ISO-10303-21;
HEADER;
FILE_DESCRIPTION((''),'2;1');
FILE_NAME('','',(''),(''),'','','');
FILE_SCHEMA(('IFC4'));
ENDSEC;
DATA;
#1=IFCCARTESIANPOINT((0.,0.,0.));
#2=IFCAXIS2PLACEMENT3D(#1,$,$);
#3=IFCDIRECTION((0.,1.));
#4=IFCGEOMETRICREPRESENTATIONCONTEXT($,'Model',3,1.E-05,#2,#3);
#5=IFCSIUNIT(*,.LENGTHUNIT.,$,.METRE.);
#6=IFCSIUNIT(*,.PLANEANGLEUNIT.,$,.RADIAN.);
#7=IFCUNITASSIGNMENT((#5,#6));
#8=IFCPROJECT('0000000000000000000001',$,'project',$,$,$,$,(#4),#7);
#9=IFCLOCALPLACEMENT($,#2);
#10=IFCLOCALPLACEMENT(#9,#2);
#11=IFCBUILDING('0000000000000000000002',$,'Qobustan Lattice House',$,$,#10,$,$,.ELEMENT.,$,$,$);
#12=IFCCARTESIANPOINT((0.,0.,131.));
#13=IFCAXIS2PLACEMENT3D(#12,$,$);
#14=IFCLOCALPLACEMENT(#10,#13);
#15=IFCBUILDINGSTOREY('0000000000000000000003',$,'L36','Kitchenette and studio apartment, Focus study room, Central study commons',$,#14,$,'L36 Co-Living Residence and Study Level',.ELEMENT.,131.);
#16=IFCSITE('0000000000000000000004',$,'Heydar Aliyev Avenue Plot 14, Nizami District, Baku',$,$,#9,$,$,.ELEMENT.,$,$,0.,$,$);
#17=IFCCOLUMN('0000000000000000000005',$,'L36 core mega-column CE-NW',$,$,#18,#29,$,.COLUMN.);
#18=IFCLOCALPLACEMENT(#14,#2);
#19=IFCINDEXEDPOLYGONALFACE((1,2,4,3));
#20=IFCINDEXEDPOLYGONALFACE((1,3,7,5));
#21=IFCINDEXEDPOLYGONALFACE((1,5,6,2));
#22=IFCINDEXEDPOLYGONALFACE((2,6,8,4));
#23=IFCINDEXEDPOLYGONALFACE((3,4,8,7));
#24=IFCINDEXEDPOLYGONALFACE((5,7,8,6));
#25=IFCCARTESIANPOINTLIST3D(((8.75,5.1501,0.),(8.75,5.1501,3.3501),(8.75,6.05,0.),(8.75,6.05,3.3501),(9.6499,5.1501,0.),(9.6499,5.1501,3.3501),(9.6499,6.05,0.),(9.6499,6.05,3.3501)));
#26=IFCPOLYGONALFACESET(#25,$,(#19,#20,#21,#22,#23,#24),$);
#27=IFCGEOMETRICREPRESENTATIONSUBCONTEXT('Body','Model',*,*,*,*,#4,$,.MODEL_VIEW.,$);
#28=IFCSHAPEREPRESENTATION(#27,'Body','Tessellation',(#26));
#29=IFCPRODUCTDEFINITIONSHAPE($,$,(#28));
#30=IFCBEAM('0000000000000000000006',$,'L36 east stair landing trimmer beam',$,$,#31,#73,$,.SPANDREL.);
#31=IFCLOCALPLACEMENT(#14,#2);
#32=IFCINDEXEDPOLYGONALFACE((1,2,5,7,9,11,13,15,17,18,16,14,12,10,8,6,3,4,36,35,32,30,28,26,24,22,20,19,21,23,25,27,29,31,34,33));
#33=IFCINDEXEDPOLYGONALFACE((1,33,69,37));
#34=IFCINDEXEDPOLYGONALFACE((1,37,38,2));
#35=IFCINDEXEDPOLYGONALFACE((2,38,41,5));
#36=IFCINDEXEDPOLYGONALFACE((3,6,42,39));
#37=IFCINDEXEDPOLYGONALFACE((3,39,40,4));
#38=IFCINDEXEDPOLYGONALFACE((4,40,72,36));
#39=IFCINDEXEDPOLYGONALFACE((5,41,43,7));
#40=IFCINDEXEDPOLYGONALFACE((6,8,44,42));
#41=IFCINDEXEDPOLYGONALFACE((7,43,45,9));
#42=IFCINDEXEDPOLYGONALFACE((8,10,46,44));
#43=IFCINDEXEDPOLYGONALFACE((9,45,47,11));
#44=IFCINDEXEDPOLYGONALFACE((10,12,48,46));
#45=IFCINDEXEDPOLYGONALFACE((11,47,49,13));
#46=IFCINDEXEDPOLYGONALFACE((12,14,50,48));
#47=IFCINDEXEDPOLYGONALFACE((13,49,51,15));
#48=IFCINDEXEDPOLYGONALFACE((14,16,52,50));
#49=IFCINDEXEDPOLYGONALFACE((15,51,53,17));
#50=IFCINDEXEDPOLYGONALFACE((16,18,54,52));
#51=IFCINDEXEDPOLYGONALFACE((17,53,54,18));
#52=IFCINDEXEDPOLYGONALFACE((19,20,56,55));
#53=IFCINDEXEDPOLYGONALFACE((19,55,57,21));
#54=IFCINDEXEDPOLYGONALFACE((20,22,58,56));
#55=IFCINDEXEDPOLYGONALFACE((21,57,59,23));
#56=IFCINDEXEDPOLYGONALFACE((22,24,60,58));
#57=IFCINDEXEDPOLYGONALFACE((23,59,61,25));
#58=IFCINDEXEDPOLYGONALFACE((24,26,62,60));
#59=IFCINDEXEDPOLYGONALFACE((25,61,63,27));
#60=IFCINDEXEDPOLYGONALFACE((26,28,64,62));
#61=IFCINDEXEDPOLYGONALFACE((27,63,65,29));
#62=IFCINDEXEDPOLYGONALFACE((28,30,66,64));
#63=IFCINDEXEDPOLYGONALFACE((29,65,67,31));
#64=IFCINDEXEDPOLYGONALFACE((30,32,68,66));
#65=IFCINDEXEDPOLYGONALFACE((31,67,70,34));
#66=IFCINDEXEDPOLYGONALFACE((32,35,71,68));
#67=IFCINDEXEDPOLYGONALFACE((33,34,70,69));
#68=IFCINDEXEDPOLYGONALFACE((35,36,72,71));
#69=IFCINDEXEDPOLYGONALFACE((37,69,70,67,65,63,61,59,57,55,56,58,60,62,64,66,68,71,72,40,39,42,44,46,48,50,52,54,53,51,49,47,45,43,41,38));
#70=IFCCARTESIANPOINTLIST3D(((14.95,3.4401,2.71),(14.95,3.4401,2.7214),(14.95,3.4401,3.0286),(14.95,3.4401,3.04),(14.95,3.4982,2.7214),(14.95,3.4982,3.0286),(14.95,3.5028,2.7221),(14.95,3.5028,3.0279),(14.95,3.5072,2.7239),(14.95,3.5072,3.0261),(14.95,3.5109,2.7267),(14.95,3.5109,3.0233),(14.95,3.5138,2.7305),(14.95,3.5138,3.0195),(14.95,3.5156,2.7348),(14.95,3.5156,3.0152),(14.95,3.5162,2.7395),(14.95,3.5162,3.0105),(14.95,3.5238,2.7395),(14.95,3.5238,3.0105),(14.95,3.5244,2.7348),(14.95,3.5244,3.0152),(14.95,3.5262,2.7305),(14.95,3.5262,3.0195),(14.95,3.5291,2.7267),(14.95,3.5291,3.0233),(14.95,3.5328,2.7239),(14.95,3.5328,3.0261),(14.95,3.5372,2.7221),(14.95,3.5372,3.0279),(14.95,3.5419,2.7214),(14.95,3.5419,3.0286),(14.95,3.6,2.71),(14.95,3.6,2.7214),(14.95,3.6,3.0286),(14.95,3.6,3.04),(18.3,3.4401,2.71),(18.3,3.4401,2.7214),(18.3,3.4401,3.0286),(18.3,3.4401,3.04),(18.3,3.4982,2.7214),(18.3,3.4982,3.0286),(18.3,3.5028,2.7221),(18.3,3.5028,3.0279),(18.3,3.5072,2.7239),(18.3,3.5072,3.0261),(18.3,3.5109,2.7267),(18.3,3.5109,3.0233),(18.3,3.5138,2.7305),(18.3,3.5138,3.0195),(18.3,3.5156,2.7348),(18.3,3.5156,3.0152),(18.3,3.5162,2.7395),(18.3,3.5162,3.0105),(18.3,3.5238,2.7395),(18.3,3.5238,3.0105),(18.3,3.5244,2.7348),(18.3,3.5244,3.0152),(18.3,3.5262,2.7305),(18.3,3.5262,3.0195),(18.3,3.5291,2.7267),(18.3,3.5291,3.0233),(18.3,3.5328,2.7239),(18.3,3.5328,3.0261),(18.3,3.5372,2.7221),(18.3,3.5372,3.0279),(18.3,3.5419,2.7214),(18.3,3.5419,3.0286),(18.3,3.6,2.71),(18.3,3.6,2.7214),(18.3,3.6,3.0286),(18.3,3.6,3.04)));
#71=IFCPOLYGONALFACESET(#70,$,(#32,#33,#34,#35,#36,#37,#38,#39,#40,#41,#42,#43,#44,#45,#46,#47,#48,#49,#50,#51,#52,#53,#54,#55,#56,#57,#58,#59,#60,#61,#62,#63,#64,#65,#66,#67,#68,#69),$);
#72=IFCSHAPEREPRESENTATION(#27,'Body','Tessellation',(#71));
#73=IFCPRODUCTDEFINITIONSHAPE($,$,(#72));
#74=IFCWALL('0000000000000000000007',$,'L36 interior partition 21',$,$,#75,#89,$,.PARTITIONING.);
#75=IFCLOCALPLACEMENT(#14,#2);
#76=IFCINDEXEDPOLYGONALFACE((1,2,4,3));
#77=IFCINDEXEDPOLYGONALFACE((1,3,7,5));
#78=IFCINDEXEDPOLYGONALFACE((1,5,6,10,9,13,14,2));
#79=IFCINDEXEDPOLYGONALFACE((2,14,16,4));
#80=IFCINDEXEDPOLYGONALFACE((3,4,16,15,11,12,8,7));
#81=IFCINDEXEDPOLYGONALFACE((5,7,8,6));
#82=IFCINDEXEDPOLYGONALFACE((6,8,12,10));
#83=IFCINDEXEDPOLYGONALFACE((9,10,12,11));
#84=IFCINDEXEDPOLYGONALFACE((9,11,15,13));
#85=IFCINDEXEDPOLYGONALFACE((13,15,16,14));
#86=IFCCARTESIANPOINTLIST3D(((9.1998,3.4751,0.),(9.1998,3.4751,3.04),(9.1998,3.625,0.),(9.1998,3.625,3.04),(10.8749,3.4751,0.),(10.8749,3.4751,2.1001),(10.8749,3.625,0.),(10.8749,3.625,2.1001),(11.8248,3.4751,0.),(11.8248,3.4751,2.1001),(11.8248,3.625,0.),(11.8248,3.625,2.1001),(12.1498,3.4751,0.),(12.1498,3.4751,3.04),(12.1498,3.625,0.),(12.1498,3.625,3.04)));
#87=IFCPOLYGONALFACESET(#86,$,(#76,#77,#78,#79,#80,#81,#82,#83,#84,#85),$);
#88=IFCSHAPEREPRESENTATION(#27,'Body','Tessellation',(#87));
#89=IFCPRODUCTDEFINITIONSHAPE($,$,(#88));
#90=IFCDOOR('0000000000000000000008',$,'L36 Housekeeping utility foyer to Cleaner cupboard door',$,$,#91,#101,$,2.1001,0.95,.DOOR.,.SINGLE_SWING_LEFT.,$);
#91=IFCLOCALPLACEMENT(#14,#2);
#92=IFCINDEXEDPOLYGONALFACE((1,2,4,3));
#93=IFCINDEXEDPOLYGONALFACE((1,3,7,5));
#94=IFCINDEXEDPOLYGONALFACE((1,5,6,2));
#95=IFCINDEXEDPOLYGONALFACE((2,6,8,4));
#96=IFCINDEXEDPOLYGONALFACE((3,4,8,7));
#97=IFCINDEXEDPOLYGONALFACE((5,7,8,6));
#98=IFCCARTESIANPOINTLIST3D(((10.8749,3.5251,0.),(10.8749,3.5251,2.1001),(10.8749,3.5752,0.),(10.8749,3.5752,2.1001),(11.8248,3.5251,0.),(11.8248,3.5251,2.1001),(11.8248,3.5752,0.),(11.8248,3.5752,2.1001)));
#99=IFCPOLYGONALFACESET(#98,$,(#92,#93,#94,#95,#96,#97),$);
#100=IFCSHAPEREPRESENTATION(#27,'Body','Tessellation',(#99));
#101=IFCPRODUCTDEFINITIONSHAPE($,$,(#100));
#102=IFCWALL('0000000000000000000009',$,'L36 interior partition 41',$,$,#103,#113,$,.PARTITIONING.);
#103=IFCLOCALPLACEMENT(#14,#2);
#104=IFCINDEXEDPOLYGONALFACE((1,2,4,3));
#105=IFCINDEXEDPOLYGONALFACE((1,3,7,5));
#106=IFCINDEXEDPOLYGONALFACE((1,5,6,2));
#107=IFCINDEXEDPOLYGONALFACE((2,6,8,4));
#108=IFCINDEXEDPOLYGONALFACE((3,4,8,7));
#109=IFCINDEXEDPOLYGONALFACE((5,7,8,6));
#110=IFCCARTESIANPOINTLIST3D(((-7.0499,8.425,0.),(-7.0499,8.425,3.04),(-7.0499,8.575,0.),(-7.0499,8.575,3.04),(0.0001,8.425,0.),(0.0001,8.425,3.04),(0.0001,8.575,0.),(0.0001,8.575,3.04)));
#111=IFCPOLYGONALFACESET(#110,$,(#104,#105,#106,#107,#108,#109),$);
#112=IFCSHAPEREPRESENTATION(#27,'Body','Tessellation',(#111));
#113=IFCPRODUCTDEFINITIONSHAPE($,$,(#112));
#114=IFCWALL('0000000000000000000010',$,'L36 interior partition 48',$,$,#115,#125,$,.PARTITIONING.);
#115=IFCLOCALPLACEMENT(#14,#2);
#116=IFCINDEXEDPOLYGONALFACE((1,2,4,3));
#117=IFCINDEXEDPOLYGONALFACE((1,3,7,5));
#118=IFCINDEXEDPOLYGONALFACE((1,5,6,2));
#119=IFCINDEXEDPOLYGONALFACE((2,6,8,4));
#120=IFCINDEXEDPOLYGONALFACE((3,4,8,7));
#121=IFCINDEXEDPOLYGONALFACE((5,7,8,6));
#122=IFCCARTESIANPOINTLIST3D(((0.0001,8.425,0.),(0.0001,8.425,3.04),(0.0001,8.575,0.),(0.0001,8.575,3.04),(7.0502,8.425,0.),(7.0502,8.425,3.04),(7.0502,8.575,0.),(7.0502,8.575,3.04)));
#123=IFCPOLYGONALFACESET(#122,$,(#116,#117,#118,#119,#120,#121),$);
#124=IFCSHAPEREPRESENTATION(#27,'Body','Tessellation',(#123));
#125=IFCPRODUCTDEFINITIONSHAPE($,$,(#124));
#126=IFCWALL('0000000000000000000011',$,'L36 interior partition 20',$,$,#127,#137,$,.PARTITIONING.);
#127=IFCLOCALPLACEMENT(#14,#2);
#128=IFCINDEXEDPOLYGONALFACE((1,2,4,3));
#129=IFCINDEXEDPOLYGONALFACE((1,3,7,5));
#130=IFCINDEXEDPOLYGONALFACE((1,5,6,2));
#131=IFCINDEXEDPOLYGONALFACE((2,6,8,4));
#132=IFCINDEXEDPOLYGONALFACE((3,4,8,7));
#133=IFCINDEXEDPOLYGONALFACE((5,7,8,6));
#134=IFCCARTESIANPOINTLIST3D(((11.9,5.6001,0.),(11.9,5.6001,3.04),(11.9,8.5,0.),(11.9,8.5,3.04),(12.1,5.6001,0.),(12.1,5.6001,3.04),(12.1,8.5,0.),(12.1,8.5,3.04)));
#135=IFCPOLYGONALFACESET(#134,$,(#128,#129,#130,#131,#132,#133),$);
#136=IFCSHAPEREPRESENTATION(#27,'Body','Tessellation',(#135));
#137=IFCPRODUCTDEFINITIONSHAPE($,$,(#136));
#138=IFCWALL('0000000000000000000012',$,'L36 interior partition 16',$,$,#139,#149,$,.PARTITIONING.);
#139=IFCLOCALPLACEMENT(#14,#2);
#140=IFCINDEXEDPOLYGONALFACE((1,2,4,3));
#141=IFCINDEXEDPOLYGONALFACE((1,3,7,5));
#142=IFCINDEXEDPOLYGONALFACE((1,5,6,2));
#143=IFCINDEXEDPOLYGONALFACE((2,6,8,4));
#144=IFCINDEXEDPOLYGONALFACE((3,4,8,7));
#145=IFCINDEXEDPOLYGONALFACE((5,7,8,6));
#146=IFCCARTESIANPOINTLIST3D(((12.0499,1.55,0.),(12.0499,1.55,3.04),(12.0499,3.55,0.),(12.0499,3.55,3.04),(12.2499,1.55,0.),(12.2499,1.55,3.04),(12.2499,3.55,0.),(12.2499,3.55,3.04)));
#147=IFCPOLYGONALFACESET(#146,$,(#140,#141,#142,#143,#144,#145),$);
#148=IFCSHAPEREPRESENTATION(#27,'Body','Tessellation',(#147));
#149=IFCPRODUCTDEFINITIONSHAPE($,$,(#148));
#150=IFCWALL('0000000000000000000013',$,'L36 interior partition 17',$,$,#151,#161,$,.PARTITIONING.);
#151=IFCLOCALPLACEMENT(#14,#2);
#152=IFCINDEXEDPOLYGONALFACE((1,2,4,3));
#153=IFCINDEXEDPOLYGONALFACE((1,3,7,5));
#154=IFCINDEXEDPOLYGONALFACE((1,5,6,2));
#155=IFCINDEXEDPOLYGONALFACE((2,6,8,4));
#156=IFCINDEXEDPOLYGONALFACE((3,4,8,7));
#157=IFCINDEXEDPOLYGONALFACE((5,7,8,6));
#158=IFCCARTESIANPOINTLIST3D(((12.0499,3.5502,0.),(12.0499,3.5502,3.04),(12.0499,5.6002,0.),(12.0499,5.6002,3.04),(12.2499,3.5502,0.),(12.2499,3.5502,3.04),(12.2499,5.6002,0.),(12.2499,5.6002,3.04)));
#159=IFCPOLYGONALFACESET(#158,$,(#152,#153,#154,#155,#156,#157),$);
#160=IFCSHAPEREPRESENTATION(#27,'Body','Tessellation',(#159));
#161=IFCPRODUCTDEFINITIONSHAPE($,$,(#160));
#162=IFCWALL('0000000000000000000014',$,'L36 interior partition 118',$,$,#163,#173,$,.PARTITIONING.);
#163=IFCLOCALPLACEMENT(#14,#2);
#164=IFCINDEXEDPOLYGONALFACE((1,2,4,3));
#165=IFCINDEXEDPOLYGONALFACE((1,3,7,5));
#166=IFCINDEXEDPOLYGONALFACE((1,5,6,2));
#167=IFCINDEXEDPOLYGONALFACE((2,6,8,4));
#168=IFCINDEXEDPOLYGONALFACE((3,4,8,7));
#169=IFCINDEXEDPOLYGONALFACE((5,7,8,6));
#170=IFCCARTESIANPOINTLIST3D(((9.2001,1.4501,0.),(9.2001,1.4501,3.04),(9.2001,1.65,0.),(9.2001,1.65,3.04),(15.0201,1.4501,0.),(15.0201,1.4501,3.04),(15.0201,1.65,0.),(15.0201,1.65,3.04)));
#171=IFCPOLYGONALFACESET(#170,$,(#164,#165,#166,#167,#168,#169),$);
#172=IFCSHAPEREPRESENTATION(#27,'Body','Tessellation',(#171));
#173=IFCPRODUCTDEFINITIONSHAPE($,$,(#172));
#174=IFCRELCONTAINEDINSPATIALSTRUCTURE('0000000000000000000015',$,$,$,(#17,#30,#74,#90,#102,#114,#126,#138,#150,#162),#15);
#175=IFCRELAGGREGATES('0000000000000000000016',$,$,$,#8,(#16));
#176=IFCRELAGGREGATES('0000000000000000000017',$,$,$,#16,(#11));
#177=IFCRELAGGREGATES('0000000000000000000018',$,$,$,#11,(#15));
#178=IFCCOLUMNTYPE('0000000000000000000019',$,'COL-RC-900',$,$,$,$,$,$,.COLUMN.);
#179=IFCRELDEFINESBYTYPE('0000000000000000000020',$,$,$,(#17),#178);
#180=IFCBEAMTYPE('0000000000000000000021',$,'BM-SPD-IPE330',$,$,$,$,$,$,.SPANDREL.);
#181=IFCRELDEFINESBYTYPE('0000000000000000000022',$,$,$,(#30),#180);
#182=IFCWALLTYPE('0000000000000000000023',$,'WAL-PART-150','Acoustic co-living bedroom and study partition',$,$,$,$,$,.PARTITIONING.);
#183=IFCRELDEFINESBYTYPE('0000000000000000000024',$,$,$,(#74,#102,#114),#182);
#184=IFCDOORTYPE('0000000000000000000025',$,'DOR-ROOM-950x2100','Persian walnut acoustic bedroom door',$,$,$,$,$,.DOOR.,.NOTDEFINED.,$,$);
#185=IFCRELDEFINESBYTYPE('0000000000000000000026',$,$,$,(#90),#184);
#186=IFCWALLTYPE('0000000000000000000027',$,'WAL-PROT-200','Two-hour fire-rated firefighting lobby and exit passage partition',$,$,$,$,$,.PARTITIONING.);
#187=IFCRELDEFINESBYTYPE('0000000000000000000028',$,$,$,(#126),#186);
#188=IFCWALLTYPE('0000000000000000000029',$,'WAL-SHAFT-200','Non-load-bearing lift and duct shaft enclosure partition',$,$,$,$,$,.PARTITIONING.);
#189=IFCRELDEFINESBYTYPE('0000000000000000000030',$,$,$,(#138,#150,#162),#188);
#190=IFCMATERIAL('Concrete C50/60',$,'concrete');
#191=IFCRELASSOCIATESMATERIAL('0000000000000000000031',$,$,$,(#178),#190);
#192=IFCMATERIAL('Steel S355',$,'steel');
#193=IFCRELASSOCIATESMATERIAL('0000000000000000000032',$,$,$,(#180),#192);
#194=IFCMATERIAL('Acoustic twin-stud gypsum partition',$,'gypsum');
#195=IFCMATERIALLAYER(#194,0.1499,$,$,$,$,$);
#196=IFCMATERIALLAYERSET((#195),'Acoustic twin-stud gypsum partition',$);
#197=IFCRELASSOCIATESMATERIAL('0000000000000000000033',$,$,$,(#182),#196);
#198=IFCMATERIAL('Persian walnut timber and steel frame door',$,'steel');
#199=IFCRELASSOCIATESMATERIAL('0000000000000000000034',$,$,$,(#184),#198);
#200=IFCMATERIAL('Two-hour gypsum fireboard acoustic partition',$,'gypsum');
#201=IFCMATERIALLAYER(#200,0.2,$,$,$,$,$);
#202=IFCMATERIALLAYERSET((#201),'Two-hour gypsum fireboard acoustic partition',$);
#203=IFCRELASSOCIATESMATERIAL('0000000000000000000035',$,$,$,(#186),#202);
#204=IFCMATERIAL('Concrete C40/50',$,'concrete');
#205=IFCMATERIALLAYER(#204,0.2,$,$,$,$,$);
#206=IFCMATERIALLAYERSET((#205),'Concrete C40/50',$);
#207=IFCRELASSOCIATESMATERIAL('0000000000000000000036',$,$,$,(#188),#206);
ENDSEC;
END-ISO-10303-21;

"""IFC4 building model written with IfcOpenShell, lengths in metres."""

from ifc_helpers import new_model, si_unit, direction, frame, frame_2d, origin, origin_2d, place, context, subcontext, project, spatial, rectangle, i_section, extrude, material, layer, layer_set, material_profile, profile_set, type_object, element, fill, save


model = new_model("IFC4")

# Units and contexts
model_context = context("Model", 3, precision=1e-05, world=origin(), true_north=direction((0.0, 1.0)))
body_context = subcontext(model_context, "Body", "Model", "MODEL_VIEW")
ifc_project = project(units=[si_unit("LENGTHUNIT", "METRE"), si_unit("PLANEANGLEUNIT", "RADIAN")], contexts=[model_context])

# Site, building, storey
site_placement = place(None, origin())
site = spatial("IfcSite", under=ifc_project, at=site_placement, Name="Heydar Aliyev Avenue Plot 14, Nizami District, Baku", CompositionType="ELEMENT", RefElevation=0.0)
building_placement = place(site_placement, origin())
building = spatial("IfcBuilding", under=site, at=building_placement, Name="Qobustan Lattice House", CompositionType="ELEMENT")
storey_placement = place(building_placement, frame((0.0, 0.0, 131.0)))
storey = spatial("IfcBuildingStorey", under=building, at=storey_placement, Name="L36", Description="Kitchenette and studio apartment, Focus study room, Central study commons", LongName="L36 Co-Living Residence and Study Level", CompositionType="ELEMENT", Elevation=131.0)

# Column
ifc_material_1 = material(Name="Concrete C50/60", Category="concrete")
ifc_material_profile_1 = material_profile(ifc_material_1, rectangle(XDim=0.8999, YDim=0.8999, at=origin_2d()), Name="RC900x900")
ifc_profile_set_1 = profile_set([ifc_material_profile_1], Name="Concrete C50/60")
column_type = type_object("IfcColumnType", Name="COL-RC-900", PredefinedType="COLUMN", material=ifc_profile_set_1)
column_placement = place(storey_placement, frame((9.2, 5.6001, 0.0), z_axis=(0.0, 0.0, 1.0), x_axis=(1.0, 0.0, 0.0)))
element("IfcColumn", 1, at=column_placement, inside=storey, type_object=column_type, Name="L36 core mega-column CE-NW", PredefinedType="COLUMN", context=body_context, shape_type="SweptSolid", body=[
    extrude(rectangle(XDim=0.8999, YDim=0.8999, at=origin_2d()), origin(), (0.0, 0.0, 1.0), 3.3501),
])

# Beam
ifc_material_2 = material(Name="Steel S355", Category="steel")
ifc_material_profile_2 = material_profile(ifc_material_2, i_section(OverallWidth=0.1599, OverallDepth=0.3301, WebThickness=0.0076, FlangeThickness=0.0115, FilletRadius=0.0181, at=origin_2d()), Name="IPE330")
ifc_profile_set_2 = profile_set([ifc_material_profile_2], Name="Steel S355")
beam_type = type_object("IfcBeamType", Name="BM-SPD-IPE330", PredefinedType="SPANDREL", material=ifc_profile_set_2)
beam_placement = place(storey_placement, frame((14.95, 3.52, 2.875), z_axis=(1.0, 0.0, 0.0), x_axis=(0.0, 1.0, 0.0)))
element("IfcBeam", 2, at=beam_placement, inside=storey, type_object=beam_type, Name="L36 east stair landing trimmer beam", PredefinedType="SPANDREL", context=body_context, shape_type="SweptSolid", body=[
    extrude(i_section(OverallWidth=0.1599, OverallDepth=0.3301, WebThickness=0.0076, FlangeThickness=0.0115, FilletRadius=0.0181, at=origin_2d()), origin(), (0.0, 0.0, 1.0), 3.3501),
])

# Wall, opening, door
ifc_material_3 = material(Name="Acoustic twin-stud gypsum partition", Category="gypsum")
ifc_layer_1 = layer(ifc_material_3, 0.1499)
ifc_layer_set_1 = layer_set([ifc_layer_1], Name="Acoustic twin-stud gypsum partition")
wall_type_1 = type_object("IfcWallType", Name="WAL-PART-150", Description="Acoustic co-living bedroom and study partition", PredefinedType="PARTITIONING", material=ifc_layer_set_1)
wall_1_placement = place(storey_placement, frame((12.1499, 3.55, 0.0), z_axis=(0.0, 0.0, 1.0), x_axis=(-1.0, 0.0, 0.0)))
wall_1 = element("IfcWall", 3, at=wall_1_placement, inside=storey, type_object=wall_type_1, Name="L36 interior partition 21", PredefinedType="PARTITIONING", context=body_context, shape_type="SweptSolid", body=[
    extrude(rectangle(XDim=2.95, YDim=0.1499, at=frame_2d((1.4751, 0.0))), origin(), (0.0, 0.0, 1.0), 3.04),
])
opening_1_placement = place(wall_1_placement, frame((0.325, 0.0, 0.0)))
opening_1 = element("IfcOpeningElement", 4, at=opening_1_placement, cuts=wall_1, PredefinedType="OPENING", context=body_context, shape_type="SweptSolid", body=[
    extrude(rectangle(XDim=0.95, YDim=2.1001, at=frame_2d((0.4751, 1.05))), frame((0.0, 0.085, 0.0), z_axis=(0.0, -1.0, 0.0), x_axis=(1.0, 0.0, 0.0)), (0.0, 0.0, 1.0), 0.1699),
])
ifc_material_4 = material(Name="Persian walnut timber and steel frame door", Category="steel")
door_type_1 = type_object("IfcDoorType", Name="DOR-ROOM-950x2100", Description="Persian walnut acoustic bedroom door", OperationType="NOTDEFINED", PredefinedType="DOOR", material=ifc_material_4)
door_1_placement = place(opening_1_placement, origin())
door_1 = element("IfcDoor", 5, at=door_1_placement, inside=storey, type_object=door_type_1, Name="L36 Housekeeping utility foyer to Cleaner cupboard door", OperationType="SINGLE_SWING_LEFT", OverallHeight=2.1001, OverallWidth=0.95, PredefinedType="DOOR", context=body_context, shape_type="SweptSolid", body=[
    extrude(rectangle(XDim=0.95, YDim=2.1001, at=frame_2d((0.4751, 1.05))), frame((0.0, 0.0249, 0.0), z_axis=(0.0, -1.0, 0.0), x_axis=(1.0, 0.0, 0.0)), (0.0, 0.0, 1.0), 0.05),
])
fill(opening_1, door_1)

# Walls
for number, where, z_axis, x_axis, name in (
    (6, (0.0, 8.5, 0.0), (0.0, 0.0, 1.0), (-1.0, 0.0, 0.0), "L36 interior partition 41"),
    (7, (7.05, 8.5, 0.0), (0.0, 0.0, 1.0), (-1.0, 0.0, 0.0), "L36 interior partition 48"),
):
    element("IfcWall", number, at=place(storey_placement, frame(where, z_axis=z_axis, x_axis=x_axis)), inside=storey, type_object=wall_type_1, Name=name, PredefinedType="PARTITIONING", context=body_context, shape_type="SweptSolid", body=[
        extrude(rectangle(XDim=7.05, YDim=0.1499, at=frame_2d((3.5249, 0.0))), origin(), (0.0, 0.0, 1.0), 3.04),
    ])
ifc_material_5 = material(Name="Two-hour gypsum fireboard acoustic partition", Category="gypsum")
ifc_layer_2 = layer(ifc_material_5, 0.2)
ifc_layer_set_2 = layer_set([ifc_layer_2], Name="Two-hour gypsum fireboard acoustic partition")
wall_type_2 = type_object("IfcWallType", Name="WAL-PROT-200", Description="Two-hour fire-rated firefighting lobby and exit passage partition", PredefinedType="PARTITIONING", material=ifc_layer_set_2)
wall_2_placement = place(storey_placement, frame((12.0, 8.5, 0.0), z_axis=(0.0, 0.0, 1.0), x_axis=(0.0, -1.0, 0.0)))
element("IfcWall", 8, at=wall_2_placement, inside=storey, type_object=wall_type_2, Name="L36 interior partition 20", PredefinedType="PARTITIONING", context=body_context, shape_type="SweptSolid", body=[
    extrude(rectangle(XDim=2.8999, YDim=0.2, at=frame_2d((1.45, 0.0))), origin(), (0.0, 0.0, 1.0), 3.04),
])
ifc_material_6 = material(Name="Concrete C40/50", Category="concrete")
ifc_layer_3 = layer(ifc_material_6, 0.2)
ifc_layer_set_3 = layer_set([ifc_layer_3], Name="Concrete C40/50")
wall_type_3 = type_object("IfcWallType", Name="WAL-SHAFT-200", Description="Non-load-bearing lift and duct shaft enclosure partition", PredefinedType="PARTITIONING", material=ifc_layer_set_3)
wall_3_placement = place(storey_placement, frame((12.1499, 3.55, 0.0), z_axis=(0.0, 0.0, 1.0), x_axis=(0.0, -1.0, 0.0)))
element("IfcWall", 9, at=wall_3_placement, inside=storey, type_object=wall_type_3, Name="L36 interior partition 16", PredefinedType="PARTITIONING", context=body_context, shape_type="SweptSolid", body=[
    extrude(rectangle(XDim=2.0, YDim=0.2, at=frame_2d((1.0, 0.0))), origin(), (0.0, 0.0, 1.0), 3.04),
])
wall_4_placement = place(storey_placement, frame((12.1499, 5.6001, 0.0), z_axis=(0.0, 0.0, 1.0), x_axis=(0.0, -1.0, 0.0)))
element("IfcWall", 10, at=wall_4_placement, inside=storey, type_object=wall_type_3, Name="L36 interior partition 17", PredefinedType="PARTITIONING", context=body_context, shape_type="SweptSolid", body=[
    extrude(rectangle(XDim=2.05, YDim=0.2, at=frame_2d((1.0249, 0.0))), origin(), (0.0, 0.0, 1.0), 3.04),
])
wall_5_placement = place(storey_placement, frame((9.2, 1.55, 0.0), z_axis=(0.0, 0.0, 1.0), x_axis=(1.0, 0.0, 0.0)))
element("IfcWall", 11, at=wall_5_placement, inside=storey, type_object=wall_type_3, Name="L36 interior partition 118", PredefinedType="PARTITIONING", context=body_context, shape_type="SweptSolid", body=[
    extrude(rectangle(XDim=5.8201, YDim=0.2, at=frame_2d((2.9102, 0.0))), origin(), (0.0, 0.0, 1.0), 3.04),
])

save(model, "model.ifc")
